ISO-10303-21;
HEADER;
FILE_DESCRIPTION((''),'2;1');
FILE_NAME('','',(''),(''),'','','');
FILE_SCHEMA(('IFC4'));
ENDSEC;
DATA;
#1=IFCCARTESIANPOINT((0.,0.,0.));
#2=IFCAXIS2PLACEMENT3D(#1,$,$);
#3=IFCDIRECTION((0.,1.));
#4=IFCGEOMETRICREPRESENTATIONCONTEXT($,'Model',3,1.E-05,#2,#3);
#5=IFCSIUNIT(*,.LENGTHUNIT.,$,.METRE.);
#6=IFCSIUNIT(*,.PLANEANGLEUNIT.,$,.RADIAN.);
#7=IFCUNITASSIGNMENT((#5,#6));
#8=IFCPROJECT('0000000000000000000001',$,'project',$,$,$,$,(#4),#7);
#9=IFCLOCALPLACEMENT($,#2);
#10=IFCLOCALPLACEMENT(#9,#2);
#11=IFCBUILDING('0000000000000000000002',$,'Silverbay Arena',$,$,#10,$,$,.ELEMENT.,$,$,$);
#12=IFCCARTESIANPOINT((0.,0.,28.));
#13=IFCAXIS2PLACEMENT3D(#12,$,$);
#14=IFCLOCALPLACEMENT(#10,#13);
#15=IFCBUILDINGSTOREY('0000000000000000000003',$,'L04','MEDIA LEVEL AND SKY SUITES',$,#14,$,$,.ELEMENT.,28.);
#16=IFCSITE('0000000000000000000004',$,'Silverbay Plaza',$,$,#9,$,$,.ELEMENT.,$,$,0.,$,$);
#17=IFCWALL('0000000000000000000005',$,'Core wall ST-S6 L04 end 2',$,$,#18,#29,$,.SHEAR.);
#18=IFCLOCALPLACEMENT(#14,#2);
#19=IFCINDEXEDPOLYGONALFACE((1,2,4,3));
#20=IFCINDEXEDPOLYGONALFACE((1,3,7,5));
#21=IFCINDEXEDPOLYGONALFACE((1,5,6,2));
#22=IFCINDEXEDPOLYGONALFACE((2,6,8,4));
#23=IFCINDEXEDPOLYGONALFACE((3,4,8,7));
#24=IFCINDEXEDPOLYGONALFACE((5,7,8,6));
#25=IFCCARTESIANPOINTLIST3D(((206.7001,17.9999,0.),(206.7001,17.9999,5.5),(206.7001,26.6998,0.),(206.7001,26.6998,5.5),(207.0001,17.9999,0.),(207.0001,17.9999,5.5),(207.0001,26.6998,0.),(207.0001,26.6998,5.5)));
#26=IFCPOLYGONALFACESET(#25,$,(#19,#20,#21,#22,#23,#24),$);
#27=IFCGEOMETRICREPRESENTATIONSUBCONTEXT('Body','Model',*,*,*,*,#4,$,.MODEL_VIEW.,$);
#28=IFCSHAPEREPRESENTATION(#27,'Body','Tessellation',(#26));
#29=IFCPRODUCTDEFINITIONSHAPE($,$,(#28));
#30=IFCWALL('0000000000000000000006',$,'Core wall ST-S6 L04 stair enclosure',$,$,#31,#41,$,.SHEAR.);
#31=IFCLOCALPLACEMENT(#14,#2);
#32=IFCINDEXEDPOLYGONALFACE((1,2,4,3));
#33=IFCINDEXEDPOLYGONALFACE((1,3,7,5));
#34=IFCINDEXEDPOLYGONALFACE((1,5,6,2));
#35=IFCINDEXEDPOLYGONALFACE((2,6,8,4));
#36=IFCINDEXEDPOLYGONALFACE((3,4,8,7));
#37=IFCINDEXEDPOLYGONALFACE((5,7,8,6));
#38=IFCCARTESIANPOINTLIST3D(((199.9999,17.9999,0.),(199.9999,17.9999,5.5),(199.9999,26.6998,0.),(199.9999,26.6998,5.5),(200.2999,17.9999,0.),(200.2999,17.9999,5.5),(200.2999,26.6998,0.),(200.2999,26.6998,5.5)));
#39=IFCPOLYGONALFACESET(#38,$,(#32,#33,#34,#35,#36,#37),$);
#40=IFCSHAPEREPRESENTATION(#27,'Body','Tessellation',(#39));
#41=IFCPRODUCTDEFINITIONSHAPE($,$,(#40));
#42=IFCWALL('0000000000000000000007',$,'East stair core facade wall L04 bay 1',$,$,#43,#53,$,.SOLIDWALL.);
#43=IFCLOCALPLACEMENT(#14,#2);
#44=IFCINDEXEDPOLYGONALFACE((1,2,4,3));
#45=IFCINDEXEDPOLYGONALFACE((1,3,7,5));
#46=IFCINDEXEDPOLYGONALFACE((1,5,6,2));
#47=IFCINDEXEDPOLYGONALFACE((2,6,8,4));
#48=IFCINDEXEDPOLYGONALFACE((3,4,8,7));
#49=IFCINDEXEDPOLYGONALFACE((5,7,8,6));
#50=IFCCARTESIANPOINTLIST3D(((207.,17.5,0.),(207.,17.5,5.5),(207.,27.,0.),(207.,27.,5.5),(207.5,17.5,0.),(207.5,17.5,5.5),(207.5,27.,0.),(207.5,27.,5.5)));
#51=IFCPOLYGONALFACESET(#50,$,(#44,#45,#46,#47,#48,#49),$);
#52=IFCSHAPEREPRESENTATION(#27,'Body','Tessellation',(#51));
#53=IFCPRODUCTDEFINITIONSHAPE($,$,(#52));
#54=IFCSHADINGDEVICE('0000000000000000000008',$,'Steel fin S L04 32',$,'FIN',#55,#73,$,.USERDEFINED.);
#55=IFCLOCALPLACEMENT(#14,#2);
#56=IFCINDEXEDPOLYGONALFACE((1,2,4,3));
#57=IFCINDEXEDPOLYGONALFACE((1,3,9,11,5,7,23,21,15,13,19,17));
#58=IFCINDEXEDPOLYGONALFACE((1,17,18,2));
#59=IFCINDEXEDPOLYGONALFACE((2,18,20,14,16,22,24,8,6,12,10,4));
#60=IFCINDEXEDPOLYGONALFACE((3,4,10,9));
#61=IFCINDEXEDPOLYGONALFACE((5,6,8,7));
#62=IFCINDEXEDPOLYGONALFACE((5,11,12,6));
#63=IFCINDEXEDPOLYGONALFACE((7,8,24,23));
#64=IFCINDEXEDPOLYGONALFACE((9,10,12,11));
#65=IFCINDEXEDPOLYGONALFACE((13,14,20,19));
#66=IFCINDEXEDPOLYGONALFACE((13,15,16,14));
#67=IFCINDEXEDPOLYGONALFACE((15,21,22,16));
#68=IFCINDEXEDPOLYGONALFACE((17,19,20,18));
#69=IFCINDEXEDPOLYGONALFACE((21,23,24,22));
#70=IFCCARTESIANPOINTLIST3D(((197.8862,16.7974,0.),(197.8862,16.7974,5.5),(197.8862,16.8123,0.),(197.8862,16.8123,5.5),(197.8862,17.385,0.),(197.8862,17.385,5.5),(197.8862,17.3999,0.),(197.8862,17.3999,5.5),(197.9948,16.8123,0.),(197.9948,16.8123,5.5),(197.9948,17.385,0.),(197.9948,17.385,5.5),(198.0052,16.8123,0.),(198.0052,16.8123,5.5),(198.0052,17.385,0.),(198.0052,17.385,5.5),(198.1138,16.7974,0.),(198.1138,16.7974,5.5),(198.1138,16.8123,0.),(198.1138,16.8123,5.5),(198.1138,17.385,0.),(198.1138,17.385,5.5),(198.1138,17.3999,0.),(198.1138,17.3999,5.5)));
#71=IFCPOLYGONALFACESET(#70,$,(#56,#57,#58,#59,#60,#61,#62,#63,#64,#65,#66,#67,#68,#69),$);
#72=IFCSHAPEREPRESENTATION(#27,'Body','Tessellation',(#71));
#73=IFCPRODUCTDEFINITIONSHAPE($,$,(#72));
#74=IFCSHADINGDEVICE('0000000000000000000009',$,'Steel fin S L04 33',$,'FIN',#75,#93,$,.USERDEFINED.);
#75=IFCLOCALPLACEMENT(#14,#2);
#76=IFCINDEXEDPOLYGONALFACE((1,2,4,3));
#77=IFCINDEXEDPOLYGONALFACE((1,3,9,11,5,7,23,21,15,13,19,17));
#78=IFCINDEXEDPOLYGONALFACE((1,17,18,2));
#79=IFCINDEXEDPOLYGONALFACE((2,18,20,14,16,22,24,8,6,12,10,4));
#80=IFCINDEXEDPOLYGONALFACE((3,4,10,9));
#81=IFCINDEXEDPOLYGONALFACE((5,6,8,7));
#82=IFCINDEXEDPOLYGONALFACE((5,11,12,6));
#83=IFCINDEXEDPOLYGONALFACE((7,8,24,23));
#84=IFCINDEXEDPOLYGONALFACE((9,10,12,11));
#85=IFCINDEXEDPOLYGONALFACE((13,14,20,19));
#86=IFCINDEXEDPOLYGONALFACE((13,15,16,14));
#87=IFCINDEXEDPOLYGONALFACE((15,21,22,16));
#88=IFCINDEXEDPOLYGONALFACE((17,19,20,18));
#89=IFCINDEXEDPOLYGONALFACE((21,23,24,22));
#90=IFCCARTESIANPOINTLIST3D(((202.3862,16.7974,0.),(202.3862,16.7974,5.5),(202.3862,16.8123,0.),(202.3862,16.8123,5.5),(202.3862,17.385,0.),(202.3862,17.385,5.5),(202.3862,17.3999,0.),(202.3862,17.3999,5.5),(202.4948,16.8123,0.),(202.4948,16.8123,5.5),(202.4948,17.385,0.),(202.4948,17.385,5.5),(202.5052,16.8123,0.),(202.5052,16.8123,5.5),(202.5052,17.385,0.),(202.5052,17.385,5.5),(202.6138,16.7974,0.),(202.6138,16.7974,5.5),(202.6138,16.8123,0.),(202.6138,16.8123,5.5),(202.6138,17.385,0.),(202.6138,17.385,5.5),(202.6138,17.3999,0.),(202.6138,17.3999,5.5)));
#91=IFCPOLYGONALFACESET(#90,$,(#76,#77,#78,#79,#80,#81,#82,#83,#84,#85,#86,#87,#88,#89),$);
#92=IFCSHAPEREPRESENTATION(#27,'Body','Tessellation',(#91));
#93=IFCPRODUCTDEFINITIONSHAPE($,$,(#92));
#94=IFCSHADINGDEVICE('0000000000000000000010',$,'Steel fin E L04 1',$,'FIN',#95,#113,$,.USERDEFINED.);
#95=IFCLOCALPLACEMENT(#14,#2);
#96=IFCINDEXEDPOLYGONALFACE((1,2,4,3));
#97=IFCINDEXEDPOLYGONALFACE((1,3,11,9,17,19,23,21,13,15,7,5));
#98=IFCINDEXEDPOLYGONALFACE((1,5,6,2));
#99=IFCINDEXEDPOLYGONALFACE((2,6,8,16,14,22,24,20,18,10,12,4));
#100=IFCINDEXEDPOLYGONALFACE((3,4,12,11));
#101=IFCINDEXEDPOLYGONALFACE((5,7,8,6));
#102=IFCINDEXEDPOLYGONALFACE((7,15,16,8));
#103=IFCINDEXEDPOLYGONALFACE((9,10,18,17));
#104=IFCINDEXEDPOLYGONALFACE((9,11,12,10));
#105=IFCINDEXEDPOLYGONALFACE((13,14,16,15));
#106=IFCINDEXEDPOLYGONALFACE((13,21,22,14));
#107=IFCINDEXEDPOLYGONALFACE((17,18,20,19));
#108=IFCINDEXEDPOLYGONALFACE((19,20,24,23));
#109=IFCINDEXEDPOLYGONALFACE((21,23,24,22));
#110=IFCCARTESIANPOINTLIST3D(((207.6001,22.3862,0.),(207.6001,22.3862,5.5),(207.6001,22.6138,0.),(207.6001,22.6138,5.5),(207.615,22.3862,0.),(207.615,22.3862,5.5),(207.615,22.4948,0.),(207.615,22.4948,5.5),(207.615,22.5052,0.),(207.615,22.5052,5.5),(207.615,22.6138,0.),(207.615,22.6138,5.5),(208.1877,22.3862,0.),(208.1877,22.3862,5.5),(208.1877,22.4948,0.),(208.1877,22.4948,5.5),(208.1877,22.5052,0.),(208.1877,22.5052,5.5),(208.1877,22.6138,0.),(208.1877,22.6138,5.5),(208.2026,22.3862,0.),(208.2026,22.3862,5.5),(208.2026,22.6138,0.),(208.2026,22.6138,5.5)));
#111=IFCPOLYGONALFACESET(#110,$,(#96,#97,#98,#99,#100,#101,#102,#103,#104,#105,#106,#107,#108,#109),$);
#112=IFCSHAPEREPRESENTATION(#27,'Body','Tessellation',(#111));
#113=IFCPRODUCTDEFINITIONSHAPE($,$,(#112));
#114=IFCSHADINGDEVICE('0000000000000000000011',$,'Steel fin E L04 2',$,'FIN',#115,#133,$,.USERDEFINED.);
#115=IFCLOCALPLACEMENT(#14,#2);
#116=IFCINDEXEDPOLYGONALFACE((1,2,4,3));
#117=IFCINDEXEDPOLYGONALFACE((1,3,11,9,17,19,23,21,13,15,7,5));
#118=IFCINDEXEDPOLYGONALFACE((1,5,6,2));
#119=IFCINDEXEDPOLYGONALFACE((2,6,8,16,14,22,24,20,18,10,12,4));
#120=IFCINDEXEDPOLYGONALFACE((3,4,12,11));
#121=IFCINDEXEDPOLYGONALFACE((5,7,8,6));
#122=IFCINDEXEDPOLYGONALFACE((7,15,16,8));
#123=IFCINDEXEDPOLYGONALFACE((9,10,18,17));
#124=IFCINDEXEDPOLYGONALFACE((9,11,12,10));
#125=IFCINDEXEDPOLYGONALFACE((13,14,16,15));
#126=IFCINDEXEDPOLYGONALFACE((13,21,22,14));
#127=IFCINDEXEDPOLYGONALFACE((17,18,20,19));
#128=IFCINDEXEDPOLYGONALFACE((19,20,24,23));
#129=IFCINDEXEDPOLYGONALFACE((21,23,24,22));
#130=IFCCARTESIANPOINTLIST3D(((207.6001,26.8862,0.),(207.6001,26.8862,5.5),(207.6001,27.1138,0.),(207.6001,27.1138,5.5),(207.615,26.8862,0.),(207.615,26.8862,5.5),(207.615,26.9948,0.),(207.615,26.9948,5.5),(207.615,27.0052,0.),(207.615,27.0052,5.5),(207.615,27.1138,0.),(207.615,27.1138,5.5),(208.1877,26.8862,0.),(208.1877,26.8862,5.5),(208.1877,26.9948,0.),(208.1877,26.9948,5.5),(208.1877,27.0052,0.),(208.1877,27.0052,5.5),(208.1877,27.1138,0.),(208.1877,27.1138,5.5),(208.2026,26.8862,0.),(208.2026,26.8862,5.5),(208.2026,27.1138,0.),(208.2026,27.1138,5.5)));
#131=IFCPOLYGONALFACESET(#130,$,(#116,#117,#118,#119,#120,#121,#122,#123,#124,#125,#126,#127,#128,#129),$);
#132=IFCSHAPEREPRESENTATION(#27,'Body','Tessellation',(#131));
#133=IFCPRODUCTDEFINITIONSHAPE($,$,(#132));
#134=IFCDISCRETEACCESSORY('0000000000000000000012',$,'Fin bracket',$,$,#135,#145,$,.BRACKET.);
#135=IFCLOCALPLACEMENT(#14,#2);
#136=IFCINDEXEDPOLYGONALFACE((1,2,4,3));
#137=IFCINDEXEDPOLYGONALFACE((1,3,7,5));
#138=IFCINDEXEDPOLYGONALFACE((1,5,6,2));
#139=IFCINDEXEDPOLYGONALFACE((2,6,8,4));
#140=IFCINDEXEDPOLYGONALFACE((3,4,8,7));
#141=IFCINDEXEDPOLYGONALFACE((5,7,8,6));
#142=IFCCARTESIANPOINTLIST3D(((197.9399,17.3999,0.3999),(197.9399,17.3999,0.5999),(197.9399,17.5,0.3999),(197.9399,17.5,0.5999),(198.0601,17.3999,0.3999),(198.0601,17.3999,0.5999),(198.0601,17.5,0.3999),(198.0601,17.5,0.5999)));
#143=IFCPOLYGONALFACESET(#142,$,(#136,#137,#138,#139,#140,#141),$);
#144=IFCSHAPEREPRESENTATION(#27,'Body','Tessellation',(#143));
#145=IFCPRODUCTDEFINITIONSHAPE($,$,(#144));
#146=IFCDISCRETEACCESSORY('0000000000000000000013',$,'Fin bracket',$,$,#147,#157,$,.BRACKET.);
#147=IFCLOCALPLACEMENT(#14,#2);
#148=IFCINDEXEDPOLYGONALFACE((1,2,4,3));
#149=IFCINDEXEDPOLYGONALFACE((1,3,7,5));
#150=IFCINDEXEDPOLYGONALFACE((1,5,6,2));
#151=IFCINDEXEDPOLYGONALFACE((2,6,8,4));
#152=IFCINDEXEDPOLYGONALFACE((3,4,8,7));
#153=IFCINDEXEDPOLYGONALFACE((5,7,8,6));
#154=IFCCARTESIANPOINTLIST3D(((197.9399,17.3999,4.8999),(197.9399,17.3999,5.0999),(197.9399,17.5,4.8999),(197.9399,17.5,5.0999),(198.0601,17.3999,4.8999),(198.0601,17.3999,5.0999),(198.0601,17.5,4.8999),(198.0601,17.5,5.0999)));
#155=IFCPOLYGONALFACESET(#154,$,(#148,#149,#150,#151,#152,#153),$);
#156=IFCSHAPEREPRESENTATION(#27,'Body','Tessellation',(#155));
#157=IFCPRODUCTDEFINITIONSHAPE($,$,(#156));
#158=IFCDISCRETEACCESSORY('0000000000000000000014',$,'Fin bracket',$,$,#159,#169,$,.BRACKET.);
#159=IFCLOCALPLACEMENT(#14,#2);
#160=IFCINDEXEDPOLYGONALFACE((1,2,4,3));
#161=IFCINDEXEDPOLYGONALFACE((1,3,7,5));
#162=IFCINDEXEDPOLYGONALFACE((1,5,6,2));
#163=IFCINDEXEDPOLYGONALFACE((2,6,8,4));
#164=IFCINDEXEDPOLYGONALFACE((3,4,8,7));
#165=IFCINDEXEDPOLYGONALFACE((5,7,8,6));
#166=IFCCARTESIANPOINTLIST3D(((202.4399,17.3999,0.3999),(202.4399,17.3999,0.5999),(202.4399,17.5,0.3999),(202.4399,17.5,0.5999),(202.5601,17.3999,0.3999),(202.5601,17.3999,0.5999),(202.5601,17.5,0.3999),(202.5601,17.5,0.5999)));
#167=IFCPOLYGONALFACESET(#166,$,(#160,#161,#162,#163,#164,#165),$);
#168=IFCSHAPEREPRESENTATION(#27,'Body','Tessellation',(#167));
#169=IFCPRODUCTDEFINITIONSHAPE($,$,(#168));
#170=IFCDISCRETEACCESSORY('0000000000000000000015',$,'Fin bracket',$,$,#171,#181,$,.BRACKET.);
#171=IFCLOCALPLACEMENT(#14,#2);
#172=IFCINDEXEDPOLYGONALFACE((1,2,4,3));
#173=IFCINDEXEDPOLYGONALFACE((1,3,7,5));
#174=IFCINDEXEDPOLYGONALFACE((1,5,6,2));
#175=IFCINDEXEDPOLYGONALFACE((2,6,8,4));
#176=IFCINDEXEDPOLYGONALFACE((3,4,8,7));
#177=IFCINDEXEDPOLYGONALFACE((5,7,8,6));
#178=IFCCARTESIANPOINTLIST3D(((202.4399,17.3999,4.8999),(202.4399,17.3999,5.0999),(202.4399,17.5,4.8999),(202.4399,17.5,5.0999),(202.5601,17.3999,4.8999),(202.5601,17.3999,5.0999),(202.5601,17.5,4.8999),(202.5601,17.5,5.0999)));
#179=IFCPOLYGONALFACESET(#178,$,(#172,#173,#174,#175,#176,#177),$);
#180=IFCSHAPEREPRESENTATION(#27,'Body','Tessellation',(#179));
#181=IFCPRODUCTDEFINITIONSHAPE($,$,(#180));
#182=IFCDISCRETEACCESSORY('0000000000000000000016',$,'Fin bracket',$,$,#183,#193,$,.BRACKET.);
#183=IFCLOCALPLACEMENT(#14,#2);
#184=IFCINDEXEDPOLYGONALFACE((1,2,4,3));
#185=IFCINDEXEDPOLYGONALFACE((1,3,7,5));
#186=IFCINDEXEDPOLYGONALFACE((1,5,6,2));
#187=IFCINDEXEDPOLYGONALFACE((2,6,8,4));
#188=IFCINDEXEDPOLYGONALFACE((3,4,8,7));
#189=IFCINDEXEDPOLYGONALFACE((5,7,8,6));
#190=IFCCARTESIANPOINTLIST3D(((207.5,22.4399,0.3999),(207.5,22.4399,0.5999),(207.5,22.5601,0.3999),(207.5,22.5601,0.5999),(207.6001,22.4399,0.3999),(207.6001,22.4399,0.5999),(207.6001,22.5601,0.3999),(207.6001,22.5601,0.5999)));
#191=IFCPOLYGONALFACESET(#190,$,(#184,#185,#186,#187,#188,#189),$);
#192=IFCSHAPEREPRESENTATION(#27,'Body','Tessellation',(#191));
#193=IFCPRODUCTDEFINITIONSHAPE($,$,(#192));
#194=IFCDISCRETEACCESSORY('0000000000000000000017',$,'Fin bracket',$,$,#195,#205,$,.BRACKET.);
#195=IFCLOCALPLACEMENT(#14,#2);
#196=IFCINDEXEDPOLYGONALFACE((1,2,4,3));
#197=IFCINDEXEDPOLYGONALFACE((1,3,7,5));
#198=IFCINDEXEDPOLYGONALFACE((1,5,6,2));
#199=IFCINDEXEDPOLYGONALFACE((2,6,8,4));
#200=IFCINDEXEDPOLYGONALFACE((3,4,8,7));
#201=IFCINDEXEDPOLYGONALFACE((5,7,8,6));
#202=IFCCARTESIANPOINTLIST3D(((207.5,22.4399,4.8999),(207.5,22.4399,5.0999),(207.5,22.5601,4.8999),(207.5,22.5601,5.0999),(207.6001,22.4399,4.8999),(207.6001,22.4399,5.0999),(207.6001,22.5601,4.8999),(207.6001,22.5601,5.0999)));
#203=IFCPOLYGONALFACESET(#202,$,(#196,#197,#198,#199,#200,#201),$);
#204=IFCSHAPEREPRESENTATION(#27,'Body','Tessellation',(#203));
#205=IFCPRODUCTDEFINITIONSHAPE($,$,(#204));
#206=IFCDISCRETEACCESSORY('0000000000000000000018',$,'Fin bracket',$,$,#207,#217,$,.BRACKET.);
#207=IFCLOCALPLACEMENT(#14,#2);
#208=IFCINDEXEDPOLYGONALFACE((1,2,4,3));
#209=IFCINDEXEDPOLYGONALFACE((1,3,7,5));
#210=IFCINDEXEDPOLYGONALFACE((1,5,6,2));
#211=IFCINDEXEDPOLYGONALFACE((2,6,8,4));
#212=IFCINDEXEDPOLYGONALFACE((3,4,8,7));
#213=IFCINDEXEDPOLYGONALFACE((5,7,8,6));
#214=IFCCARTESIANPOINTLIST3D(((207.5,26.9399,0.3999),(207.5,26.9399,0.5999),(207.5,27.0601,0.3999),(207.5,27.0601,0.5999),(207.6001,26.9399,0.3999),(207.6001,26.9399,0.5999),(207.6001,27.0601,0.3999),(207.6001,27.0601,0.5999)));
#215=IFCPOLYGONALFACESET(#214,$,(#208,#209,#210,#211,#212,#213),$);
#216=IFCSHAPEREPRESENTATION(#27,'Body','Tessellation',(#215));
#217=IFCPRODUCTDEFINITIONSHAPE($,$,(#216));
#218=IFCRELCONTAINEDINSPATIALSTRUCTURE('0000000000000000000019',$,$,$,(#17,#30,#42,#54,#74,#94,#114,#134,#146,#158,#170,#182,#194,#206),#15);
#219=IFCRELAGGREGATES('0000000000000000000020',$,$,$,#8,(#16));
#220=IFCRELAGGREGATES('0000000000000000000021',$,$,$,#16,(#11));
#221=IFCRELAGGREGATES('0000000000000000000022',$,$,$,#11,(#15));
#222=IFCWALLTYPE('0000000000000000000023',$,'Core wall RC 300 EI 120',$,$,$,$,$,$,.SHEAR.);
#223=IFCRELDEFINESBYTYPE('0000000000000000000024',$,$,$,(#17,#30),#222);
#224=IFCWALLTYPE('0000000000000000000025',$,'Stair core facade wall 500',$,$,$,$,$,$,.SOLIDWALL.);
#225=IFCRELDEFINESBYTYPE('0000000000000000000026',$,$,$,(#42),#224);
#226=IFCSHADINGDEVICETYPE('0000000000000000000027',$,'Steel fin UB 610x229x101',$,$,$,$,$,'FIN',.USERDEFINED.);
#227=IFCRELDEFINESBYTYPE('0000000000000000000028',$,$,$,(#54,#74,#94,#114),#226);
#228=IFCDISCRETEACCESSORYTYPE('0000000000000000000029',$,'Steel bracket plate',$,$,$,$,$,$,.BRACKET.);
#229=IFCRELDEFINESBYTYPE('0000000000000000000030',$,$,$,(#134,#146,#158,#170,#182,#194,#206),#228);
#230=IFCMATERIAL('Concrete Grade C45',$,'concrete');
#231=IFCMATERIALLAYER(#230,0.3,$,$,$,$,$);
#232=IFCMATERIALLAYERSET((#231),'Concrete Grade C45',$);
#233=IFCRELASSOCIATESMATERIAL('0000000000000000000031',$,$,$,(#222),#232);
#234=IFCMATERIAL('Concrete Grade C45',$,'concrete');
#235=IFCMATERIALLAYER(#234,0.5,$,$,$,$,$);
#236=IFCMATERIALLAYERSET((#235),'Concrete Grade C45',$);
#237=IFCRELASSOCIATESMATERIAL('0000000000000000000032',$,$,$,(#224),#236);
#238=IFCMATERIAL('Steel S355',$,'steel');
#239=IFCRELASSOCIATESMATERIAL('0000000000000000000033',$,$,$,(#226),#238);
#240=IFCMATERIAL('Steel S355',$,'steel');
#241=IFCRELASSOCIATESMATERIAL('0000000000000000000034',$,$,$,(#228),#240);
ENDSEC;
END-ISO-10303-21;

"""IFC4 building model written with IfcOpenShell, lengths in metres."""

from ifc_helpers import new_model, si_unit, direction, frame, frame_2d, origin, origin_2d, place, context, subcontext, project, spatial, rectangle, i_section, extrude, material, layer, layer_set, material_profile, profile_set, type_object, element, save


model = new_model("IFC4")

# Units and contexts
model_context = context("Model", 3, precision=1e-05, world=origin(), true_north=direction((0.0, 1.0)))
body_context = subcontext(model_context, "Body", "Model", "MODEL_VIEW")
ifc_project = project(units=[si_unit("LENGTHUNIT", "METRE"), si_unit("PLANEANGLEUNIT", "RADIAN")], contexts=[model_context])

# Site, building, storey
site_placement = place(None, origin())
site = spatial("IfcSite", under=ifc_project, at=site_placement, Name="Silverbay Plaza", CompositionType="ELEMENT", RefElevation=0.0)
building_placement = place(site_placement, origin())
building = spatial("IfcBuilding", under=site, at=building_placement, Name="Silverbay Arena", CompositionType="ELEMENT")
storey_placement = place(building_placement, frame((0.0, 0.0, 28.0)))
storey = spatial("IfcBuildingStorey", under=building, at=storey_placement, Name="L04", Description="MEDIA LEVEL AND SKY SUITES", CompositionType="ELEMENT", Elevation=28.0)

# Walls
ifc_material_1 = material(Name="Concrete Grade C45", Category="concrete")
ifc_layer_1 = layer(ifc_material_1, 0.3)
ifc_layer_set_1 = layer_set([ifc_layer_1], Name="Concrete Grade C45")
wall_type_1 = type_object("IfcWallType", Name="Core wall RC 300 EI 120", PredefinedType="SHEAR", material=ifc_layer_set_1)
for number, where, z_axis, x_axis, name in (
    (1, (206.8501, 26.7, 0.0), (0.0, 0.0, 1.0), (0.0, -1.0, 0.0), "Core wall ST-S6 L04 end 2"),
    (2, (200.1499, 26.7, 0.0), (0.0, 0.0, 1.0), (0.0, -1.0, 0.0), "Core wall ST-S6 L04 stair enclosure"),
):
    element("IfcWall", number, at=place(storey_placement, frame(where, z_axis=z_axis, x_axis=x_axis)), inside=storey, type_object=wall_type_1, Name=name, PredefinedType="SHEAR", context=body_context, shape_type="SweptSolid", body=[
        extrude(rectangle(XDim=8.7, YDim=0.3, at=frame_2d((4.3501, 0.0))), origin(), (0.0, 0.0, 1.0), 5.5),
    ])
ifc_material_2 = material(Name="Concrete Grade C45", Category="concrete")
ifc_layer_2 = layer(ifc_material_2, 0.5)
ifc_layer_set_2 = layer_set([ifc_layer_2], Name="Concrete Grade C45")
wall_type_2 = type_object("IfcWallType", Name="Stair core facade wall 500", PredefinedType="SOLIDWALL", material=ifc_layer_set_2)
wall_1_placement = place(storey_placement, frame((207.25, 17.5, 0.0), z_axis=(0.0, 0.0, 1.0), x_axis=(0.0, 1.0, 0.0)))
element("IfcWall", 3, at=wall_1_placement, inside=storey, type_object=wall_type_2, Name="East stair core facade wall L04 bay 1", PredefinedType="SOLIDWALL", context=body_context, shape_type="SweptSolid", body=[
    extrude(rectangle(XDim=9.5, YDim=0.5, at=frame_2d((4.75, 0.0))), origin(), (0.0, 0.0, 1.0), 5.5),
])

# Shading devices
ifc_material_3 = material(Name="Steel S355", Category="steel")
ifc_material_profile_1 = material_profile(ifc_material_3, i_section(OverallWidth=0.2275, OverallDepth=0.6025, WebThickness=0.0105, FlangeThickness=0.0149, at=origin_2d()), Name="UB 610x229x101")
ifc_profile_set_1 = profile_set([ifc_material_profile_1], Name="Steel S355")
shading_device_type = type_object("IfcShadingDeviceType", Name="Steel fin UB 610x229x101", ElementType="FIN", PredefinedType="USERDEFINED", material=ifc_profile_set_1)
for number, where, z_axis, x_axis, name in (
    (4, (198.0, 17.0986, 0.0), (0.0, 0.0, 1.0), (1.0, 0.0, 0.0), "Steel fin S L04 32"),
    (5, (202.5, 17.0986, 0.0), (0.0, 0.0, 1.0), (1.0, 0.0, 0.0), "Steel fin S L04 33"),
    (6, (207.9014, 22.5, 0.0), (0.0, 0.0, 1.0), (0.0, 1.0, 0.0), "Steel fin E L04 1"),
    (7, (207.9014, 27.0, 0.0), (0.0, 0.0, 1.0), (0.0, 1.0, 0.0), "Steel fin E L04 2"),
):
    element("IfcShadingDevice", number, at=place(storey_placement, frame(where, z_axis=z_axis, x_axis=x_axis)), inside=storey, type_object=shading_device_type, Name=name, ObjectType="FIN", PredefinedType="USERDEFINED", context=body_context, shape_type="SweptSolid", body=[
        extrude(i_section(OverallWidth=0.2275, OverallDepth=0.6025, WebThickness=0.0105, FlangeThickness=0.0149, at=origin_2d()), origin(), (0.0, 0.0, 1.0), 5.5),
    ])

# Discrete accessories
ifc_material_4 = material(Name="Steel S355", Category="steel")
discrete_accessory_type = type_object("IfcDiscreteAccessoryType", Name="Steel bracket plate", PredefinedType="BRACKET", material=ifc_material_4)
for number, where, z_axis, x_axis, name in (
    (8, (198.0, 17.45, 0.3999), (0.0, 0.0, 1.0), (1.0, 0.0, 0.0), "Fin bracket"),
    (9, (198.0, 17.45, 4.8999), (0.0, 0.0, 1.0), (1.0, 0.0, 0.0), "Fin bracket"),
    (10, (202.5, 17.45, 0.3999), (0.0, 0.0, 1.0), (1.0, 0.0, 0.0), "Fin bracket"),
    (11, (202.5, 17.45, 4.8999), (0.0, 0.0, 1.0), (1.0, 0.0, 0.0), "Fin bracket"),
):
    element("IfcDiscreteAccessory", number, at=place(storey_placement, frame(where, z_axis=z_axis, x_axis=x_axis)), inside=storey, type_object=discrete_accessory_type, Name=name, PredefinedType="BRACKET", context=body_context, shape_type="SweptSolid", body=[
        extrude(rectangle(XDim=0.1201, YDim=0.1001, at=origin_2d()), origin(), (0.0, 0.0, 1.0), 0.2),
    ])
for number, where, z_axis, x_axis, name in (
    (12, (207.55, 22.5, 0.3999), (0.0, 0.0, 1.0), (1.0, 0.0, 0.0), "Fin bracket"),
    (13, (207.55, 22.5, 4.8999), (0.0, 0.0, 1.0), (1.0, 0.0, 0.0), "Fin bracket"),
    (14, (207.55, 27.0, 0.3999), (0.0, 0.0, 1.0), (1.0, 0.0, 0.0), "Fin bracket"),
):
    element("IfcDiscreteAccessory", number, at=place(storey_placement, frame(where, z_axis=z_axis, x_axis=x_axis)), inside=storey, type_object=discrete_accessory_type, Name=name, PredefinedType="BRACKET", context=body_context, shape_type="SweptSolid", body=[
        extrude(rectangle(XDim=0.1001, YDim=0.1201, at=origin_2d()), origin(), (0.0, 0.0, 1.0), 0.2),
    ])

save(model, "model.ifc")
